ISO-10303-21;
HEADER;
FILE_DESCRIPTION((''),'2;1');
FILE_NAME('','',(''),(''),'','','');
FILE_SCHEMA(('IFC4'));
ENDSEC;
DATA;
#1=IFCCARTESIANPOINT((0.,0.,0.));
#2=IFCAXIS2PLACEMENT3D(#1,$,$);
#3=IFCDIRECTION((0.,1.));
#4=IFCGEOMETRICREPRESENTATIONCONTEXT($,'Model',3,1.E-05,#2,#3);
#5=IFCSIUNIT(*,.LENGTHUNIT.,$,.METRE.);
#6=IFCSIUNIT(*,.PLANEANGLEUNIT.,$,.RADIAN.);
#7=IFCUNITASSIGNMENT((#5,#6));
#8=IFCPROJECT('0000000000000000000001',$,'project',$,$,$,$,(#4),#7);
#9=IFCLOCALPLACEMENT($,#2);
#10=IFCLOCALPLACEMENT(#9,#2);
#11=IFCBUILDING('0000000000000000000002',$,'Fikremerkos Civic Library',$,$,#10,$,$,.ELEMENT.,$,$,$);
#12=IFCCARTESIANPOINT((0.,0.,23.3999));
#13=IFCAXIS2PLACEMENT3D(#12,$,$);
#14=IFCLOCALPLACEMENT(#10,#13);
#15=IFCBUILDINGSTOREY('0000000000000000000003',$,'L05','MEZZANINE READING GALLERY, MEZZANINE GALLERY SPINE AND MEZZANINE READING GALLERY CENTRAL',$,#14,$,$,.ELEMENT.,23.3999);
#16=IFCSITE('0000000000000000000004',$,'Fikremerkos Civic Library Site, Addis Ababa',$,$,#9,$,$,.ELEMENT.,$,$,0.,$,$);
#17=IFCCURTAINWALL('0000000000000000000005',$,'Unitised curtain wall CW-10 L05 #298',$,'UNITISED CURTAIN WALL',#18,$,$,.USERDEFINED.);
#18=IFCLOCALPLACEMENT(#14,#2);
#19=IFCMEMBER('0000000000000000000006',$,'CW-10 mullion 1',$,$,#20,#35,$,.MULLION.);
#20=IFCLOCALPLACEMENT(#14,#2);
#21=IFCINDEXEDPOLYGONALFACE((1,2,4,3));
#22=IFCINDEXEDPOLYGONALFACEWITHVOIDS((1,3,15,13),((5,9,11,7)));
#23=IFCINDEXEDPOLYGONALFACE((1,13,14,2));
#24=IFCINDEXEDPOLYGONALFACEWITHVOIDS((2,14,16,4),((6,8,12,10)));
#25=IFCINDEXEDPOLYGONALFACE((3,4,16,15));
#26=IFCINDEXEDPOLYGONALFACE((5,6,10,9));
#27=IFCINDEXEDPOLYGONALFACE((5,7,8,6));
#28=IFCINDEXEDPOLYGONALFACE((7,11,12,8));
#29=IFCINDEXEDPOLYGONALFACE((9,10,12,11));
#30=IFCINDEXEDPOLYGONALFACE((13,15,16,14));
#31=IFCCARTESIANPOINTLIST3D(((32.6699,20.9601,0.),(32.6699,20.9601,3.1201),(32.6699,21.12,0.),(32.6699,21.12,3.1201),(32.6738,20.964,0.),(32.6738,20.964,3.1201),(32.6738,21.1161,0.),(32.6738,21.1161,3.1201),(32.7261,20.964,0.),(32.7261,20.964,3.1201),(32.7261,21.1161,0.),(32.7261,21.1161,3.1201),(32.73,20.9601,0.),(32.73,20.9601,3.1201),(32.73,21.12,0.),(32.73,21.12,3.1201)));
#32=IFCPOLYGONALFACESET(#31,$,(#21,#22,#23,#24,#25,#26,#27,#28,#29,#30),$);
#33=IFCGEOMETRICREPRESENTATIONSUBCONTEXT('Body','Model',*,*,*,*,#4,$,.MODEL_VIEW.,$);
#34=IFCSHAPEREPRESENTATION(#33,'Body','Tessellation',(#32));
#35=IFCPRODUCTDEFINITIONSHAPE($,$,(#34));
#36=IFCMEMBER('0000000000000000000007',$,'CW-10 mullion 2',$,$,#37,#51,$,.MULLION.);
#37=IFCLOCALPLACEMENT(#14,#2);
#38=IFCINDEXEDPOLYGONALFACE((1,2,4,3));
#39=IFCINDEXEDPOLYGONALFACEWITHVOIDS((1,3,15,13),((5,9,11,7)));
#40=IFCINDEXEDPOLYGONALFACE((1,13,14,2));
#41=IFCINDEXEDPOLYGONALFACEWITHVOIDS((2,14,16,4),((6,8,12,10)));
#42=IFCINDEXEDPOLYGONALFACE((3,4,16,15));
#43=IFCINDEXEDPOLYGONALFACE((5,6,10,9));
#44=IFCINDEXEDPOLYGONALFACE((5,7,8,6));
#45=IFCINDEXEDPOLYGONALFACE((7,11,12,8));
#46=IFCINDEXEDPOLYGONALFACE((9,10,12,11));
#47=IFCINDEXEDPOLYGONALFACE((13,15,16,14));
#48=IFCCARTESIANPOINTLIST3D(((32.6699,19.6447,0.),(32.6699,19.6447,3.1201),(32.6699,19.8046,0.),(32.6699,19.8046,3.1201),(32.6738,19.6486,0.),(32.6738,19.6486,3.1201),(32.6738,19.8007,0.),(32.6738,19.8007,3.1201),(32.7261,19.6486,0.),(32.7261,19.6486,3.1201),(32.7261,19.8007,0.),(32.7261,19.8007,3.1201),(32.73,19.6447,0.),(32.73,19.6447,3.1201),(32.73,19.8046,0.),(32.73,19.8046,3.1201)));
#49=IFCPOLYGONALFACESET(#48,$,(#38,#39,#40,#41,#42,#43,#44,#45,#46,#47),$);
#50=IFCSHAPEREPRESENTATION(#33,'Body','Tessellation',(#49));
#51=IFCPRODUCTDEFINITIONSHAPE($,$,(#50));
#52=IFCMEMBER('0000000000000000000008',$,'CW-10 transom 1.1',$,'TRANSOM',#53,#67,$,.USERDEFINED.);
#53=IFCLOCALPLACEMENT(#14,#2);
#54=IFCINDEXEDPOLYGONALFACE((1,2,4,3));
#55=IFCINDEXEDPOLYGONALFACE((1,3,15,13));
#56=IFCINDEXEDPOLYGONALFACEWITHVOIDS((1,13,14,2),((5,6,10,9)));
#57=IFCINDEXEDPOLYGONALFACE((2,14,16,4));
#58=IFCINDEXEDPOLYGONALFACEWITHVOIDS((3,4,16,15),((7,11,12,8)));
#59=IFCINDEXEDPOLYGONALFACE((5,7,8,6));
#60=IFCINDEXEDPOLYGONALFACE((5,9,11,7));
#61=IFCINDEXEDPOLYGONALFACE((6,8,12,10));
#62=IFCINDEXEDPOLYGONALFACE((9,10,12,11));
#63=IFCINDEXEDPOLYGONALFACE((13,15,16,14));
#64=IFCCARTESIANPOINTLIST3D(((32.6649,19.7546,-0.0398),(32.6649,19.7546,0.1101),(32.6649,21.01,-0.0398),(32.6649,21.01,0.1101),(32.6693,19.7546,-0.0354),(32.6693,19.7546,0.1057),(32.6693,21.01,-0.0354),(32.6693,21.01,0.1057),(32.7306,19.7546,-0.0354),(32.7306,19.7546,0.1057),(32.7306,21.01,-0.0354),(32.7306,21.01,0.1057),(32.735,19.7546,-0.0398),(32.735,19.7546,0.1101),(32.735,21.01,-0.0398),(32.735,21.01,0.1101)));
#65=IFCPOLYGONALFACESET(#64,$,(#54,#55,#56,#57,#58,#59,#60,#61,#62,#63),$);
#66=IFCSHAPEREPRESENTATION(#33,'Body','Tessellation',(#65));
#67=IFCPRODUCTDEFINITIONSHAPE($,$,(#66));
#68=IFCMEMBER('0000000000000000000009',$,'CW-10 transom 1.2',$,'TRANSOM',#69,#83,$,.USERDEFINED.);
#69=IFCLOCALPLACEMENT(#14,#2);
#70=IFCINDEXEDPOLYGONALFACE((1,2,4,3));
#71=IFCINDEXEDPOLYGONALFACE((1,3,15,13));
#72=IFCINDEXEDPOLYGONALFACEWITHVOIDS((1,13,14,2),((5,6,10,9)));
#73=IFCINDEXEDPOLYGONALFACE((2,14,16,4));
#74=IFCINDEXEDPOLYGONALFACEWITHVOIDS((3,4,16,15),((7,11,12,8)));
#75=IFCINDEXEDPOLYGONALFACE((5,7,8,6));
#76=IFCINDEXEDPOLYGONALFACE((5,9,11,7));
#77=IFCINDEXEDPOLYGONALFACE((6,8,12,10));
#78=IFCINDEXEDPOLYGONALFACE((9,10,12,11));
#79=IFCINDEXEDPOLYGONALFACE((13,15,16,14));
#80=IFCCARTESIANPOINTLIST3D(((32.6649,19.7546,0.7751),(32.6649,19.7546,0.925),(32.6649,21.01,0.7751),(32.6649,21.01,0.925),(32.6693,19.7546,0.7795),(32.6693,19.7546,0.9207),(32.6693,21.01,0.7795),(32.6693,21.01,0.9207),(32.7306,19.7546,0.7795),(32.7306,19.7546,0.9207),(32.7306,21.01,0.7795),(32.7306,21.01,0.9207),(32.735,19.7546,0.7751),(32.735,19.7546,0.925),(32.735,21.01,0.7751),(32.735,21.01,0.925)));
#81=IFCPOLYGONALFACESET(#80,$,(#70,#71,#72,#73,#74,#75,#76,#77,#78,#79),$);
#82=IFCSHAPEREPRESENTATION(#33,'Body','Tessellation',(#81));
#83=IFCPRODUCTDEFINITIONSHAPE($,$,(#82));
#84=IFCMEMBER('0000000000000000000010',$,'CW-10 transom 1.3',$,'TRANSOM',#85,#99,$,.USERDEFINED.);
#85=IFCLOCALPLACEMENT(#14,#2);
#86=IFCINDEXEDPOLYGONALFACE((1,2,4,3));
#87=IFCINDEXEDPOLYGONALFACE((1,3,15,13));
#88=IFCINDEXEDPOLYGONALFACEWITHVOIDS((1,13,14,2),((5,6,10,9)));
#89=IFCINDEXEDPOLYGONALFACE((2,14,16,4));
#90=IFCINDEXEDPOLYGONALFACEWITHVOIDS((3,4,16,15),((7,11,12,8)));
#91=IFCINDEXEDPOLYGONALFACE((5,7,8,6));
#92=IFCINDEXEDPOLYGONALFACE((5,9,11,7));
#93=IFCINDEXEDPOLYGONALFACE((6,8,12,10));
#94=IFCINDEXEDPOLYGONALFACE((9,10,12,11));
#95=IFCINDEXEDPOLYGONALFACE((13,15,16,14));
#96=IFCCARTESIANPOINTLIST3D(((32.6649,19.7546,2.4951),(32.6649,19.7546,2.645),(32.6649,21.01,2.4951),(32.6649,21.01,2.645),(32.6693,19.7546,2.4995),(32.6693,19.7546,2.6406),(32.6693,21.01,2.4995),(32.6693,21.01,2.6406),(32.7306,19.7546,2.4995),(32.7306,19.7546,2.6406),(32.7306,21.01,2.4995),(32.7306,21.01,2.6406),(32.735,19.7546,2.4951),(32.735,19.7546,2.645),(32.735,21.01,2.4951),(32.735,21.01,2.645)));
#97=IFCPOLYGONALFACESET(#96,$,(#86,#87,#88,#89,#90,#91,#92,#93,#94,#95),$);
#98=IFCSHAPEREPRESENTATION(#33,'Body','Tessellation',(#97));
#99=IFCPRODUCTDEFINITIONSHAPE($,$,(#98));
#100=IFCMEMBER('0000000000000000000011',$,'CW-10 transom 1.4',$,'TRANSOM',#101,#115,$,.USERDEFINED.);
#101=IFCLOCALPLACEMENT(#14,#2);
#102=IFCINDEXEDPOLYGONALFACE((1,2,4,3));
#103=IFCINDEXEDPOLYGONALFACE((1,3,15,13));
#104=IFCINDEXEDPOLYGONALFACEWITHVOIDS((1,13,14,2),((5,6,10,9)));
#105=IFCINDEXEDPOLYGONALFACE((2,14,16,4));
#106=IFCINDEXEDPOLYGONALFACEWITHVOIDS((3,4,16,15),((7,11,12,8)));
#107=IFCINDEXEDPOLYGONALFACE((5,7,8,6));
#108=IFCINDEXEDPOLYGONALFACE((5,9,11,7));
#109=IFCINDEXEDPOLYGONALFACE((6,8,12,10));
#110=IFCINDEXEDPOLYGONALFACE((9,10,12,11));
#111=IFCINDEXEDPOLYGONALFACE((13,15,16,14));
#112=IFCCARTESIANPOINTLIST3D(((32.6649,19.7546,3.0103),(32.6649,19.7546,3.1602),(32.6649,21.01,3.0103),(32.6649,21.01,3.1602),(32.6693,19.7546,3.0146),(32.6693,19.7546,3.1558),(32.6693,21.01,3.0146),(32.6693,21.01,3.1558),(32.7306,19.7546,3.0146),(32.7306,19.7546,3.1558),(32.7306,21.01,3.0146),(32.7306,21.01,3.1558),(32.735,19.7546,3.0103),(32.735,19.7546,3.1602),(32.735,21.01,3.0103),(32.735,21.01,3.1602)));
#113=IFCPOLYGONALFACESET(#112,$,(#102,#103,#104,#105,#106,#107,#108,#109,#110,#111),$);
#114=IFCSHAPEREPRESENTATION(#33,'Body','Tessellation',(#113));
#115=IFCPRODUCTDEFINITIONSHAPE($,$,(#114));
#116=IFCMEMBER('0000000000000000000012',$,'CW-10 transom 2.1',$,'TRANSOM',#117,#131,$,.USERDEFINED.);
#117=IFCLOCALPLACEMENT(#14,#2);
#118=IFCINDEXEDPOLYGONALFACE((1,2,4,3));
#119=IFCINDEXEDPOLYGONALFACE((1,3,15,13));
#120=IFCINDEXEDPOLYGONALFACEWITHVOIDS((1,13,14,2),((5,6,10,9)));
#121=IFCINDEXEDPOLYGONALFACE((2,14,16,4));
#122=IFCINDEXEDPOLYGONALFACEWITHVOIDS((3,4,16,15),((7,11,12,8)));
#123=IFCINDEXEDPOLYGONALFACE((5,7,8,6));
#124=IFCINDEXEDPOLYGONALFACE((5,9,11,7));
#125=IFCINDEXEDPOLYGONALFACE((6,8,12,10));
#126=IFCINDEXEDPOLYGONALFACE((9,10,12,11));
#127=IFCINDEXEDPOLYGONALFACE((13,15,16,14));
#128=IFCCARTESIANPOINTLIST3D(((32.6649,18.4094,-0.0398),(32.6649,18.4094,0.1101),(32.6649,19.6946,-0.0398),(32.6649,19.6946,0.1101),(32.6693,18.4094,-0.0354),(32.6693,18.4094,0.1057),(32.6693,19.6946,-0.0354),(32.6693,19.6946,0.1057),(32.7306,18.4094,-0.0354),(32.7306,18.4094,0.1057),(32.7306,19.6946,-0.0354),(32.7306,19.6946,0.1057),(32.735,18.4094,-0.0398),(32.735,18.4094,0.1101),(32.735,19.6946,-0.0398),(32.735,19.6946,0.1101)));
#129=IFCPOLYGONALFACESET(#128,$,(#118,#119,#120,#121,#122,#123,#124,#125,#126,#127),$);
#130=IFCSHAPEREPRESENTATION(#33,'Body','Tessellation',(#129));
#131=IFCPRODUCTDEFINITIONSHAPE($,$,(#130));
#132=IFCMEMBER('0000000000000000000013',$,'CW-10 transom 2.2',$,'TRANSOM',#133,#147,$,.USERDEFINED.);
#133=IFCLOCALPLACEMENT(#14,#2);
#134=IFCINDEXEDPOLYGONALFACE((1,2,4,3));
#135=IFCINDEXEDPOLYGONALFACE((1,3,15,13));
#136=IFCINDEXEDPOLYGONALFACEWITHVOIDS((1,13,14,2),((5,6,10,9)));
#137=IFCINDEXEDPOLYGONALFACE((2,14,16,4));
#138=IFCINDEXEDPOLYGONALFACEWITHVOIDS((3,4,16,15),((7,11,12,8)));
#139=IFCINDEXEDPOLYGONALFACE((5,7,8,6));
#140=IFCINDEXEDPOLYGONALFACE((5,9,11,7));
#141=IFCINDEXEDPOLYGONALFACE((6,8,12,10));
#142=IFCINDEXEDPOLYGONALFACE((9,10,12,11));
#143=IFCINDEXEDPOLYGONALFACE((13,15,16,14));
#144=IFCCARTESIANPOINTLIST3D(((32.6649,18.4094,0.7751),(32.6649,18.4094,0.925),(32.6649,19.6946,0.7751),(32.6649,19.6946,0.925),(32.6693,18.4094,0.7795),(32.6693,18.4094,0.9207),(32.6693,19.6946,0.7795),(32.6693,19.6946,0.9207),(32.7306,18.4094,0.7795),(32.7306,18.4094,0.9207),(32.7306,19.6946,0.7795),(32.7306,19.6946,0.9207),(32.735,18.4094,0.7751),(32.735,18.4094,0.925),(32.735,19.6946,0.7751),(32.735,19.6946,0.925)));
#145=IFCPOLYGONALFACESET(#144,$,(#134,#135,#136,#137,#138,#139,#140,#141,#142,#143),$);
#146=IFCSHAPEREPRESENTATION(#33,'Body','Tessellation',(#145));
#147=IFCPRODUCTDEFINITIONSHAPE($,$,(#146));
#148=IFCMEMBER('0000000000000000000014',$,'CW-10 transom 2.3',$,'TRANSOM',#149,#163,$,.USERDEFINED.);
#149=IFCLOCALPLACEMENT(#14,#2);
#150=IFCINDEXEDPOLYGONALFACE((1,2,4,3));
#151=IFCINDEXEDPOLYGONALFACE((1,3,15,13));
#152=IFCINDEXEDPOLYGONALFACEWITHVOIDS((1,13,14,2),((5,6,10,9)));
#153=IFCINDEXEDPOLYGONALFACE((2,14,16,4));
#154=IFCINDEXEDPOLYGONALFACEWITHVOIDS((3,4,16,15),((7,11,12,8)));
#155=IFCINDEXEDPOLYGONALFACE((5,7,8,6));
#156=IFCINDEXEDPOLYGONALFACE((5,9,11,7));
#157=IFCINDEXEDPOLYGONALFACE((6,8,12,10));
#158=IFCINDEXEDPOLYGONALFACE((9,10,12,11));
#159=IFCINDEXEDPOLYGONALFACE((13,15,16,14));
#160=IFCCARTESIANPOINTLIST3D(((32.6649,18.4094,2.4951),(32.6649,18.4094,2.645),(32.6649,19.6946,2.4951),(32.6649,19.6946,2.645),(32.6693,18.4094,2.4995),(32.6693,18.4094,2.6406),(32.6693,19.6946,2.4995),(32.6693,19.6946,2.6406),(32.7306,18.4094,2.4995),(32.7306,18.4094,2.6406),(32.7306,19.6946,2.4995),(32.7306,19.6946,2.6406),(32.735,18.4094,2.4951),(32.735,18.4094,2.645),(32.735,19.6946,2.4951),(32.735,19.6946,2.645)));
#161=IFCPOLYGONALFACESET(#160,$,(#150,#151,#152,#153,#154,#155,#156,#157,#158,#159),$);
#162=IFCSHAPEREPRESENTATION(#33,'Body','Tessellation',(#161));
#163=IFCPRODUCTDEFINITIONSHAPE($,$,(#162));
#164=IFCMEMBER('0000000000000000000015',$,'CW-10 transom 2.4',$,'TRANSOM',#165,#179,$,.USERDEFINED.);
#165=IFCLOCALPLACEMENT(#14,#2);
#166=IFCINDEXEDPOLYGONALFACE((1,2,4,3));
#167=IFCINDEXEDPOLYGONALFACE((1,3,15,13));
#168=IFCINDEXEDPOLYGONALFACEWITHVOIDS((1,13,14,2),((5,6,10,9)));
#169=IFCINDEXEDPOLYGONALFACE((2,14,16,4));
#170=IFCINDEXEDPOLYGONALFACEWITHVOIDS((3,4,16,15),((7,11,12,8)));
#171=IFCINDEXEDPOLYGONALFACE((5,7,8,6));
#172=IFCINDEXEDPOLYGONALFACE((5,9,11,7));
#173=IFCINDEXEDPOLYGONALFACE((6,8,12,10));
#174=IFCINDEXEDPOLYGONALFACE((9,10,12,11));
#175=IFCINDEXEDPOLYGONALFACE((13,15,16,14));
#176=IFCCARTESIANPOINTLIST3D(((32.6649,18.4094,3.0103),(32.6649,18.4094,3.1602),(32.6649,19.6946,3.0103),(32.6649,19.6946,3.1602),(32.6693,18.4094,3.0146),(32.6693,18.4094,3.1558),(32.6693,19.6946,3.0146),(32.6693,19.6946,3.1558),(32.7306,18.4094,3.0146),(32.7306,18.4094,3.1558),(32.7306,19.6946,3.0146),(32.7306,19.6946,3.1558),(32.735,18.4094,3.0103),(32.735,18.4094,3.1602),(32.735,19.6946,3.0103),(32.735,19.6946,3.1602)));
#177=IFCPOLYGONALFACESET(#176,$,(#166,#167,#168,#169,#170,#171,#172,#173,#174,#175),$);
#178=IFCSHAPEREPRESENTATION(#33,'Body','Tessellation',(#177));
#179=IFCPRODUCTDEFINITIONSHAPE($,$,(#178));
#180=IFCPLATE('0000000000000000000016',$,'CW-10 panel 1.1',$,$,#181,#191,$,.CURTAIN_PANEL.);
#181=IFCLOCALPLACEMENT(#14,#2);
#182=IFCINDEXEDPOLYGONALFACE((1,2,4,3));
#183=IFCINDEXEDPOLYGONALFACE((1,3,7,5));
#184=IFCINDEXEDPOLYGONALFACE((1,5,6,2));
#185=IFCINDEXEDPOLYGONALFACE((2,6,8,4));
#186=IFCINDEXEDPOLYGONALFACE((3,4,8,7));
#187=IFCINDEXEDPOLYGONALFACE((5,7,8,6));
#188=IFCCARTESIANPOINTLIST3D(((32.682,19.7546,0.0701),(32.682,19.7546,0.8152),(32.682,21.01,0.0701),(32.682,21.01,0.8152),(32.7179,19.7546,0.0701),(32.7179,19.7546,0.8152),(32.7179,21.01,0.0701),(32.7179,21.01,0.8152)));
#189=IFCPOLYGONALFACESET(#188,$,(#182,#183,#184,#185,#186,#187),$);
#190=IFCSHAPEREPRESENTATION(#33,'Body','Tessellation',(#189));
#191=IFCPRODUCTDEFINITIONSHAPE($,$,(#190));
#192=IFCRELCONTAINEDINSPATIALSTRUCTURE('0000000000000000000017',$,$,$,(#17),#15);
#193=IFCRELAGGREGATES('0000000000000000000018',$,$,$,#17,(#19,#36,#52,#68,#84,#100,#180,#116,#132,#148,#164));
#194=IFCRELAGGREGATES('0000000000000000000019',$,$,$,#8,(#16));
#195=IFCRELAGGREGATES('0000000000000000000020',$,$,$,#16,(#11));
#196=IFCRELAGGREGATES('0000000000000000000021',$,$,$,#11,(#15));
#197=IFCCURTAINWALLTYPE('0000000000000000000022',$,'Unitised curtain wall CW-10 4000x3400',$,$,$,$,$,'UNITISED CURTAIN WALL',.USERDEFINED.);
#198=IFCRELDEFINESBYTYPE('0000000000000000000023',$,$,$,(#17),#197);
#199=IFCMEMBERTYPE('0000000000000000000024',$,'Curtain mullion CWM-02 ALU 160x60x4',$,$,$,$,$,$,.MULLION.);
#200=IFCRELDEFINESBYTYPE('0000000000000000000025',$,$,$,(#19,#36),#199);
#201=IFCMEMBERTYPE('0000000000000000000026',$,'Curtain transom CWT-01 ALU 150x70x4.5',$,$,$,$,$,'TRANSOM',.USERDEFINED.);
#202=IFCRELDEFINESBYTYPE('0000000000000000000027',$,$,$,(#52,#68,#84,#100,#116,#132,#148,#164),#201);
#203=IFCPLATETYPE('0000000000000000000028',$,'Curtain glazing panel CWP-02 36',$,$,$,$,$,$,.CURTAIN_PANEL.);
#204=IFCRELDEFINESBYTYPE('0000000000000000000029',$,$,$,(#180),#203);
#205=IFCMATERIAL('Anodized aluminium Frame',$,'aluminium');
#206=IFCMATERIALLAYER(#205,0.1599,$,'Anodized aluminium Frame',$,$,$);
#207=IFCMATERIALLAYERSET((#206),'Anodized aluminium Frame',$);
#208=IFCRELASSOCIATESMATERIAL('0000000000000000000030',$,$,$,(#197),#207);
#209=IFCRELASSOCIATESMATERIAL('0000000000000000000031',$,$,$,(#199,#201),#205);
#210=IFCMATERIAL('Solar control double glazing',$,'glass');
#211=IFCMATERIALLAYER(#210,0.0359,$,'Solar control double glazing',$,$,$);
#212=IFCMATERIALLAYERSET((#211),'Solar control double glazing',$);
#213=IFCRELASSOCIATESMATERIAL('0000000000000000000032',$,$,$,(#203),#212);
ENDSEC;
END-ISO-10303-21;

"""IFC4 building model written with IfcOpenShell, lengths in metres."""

from ifc_helpers import new_model, si_unit, direction, frame, origin, origin_2d, place, context, subcontext, project, spatial, rectangle, hollow_rectangle, extrude, material, layer, layer_set, material_profile, profile_set, type_object, element, aggregate, save


model = new_model("IFC4")

# Units and contexts
model_context = context("Model", 3, precision=1e-05, world=origin(), true_north=direction((0.0, 1.0)))
body_context = subcontext(model_context, "Body", "Model", "MODEL_VIEW")
ifc_project = project(units=[si_unit("LENGTHUNIT", "METRE"), si_unit("PLANEANGLEUNIT", "RADIAN")], contexts=[model_context])

# Site, building, storey
site_placement = place(None, origin())
site = spatial("IfcSite", under=ifc_project, at=site_placement, Name="Fikremerkos Civic Library Site, Addis Ababa", CompositionType="ELEMENT", RefElevation=0.0)
building_placement = place(site_placement, origin())
building = spatial("IfcBuilding", under=site, at=building_placement, Name="Fikremerkos Civic Library", CompositionType="ELEMENT")
storey_placement = place(building_placement, frame((0.0, 0.0, 23.3999)))
storey = spatial("IfcBuildingStorey", under=building, at=storey_placement, Name="L05", Description="MEZZANINE READING GALLERY, MEZZANINE GALLERY SPINE AND MEZZANINE READING GALLERY CENTRAL", CompositionType="ELEMENT", Elevation=23.3999)

# Curtain wall, members, plate
ifc_material_1 = material(Name="Anodized aluminium Frame", Category="aluminium")
ifc_layer_1 = layer(ifc_material_1, 0.1599, Name="Anodized aluminium Frame")
ifc_layer_set_1 = layer_set([ifc_layer_1], Name="Anodized aluminium Frame")
curtain_wall_type = type_object("IfcCurtainWallType", Name="Unitised curtain wall CW-10 4000x3400", ElementType="UNITISED CURTAIN WALL", PredefinedType="USERDEFINED", material=ifc_layer_set_1)
curtain_wall_placement = place(storey_placement, origin())
curtain_wall = element("IfcCurtainWall", 1, at=curtain_wall_placement, inside=storey, type_object=curtain_wall_type, Name="Unitised curtain wall CW-10 L05 #298", ObjectType="UNITISED CURTAIN WALL", PredefinedType="USERDEFINED")
ifc_material_profile_1 = material_profile(ifc_material_1, hollow_rectangle(XDim=0.0601, YDim=0.1599, WallThickness=0.0039, at=origin_2d()), Name="ALU 160x60x4")
ifc_profile_set_1 = profile_set([ifc_material_profile_1], Name="Anodized aluminium Frame")
member_type_1 = type_object("IfcMemberType", Name="Curtain mullion CWM-02 ALU 160x60x4", PredefinedType="MULLION", material=ifc_profile_set_1)
member_1_placement = place(storey_placement, frame((32.7, 21.04, 0.0), z_axis=(0.0, 0.0, 1.0), x_axis=(1.0, 0.0, 0.0)))
member_1 = element("IfcMember", 2, at=member_1_placement, type_object=member_type_1, Name="CW-10 mullion 1", PredefinedType="MULLION", context=body_context, shape_type="SweptSolid", body=[
    extrude(hollow_rectangle(XDim=0.0601, YDim=0.1599, WallThickness=0.0039, at=origin_2d()), origin(), (0.0, 0.0, 1.0), 3.1201),
])
member_2_placement = place(storey_placement, frame((32.7, 19.7246, 0.0), z_axis=(0.0, 0.0, 1.0), x_axis=(1.0, 0.0, 0.0)))
member_2 = element("IfcMember", 3, at=member_2_placement, type_object=member_type_1, Name="CW-10 mullion 2", PredefinedType="MULLION", context=body_context, shape_type="SweptSolid", body=[
    extrude(hollow_rectangle(XDim=0.0601, YDim=0.1599, WallThickness=0.0039, at=origin_2d()), origin(), (0.0, 0.0, 1.0), 3.1201),
])
ifc_material_profile_2 = material_profile(ifc_material_1, hollow_rectangle(XDim=0.0701, YDim=0.1499, WallThickness=0.0044, at=origin_2d()), Name="ALU 150x70x4.5")
ifc_profile_set_2 = profile_set([ifc_material_profile_2], Name="Anodized aluminium Frame")
member_type_2 = type_object("IfcMemberType", Name="Curtain transom CWT-01 ALU 150x70x4.5", ElementType="TRANSOM", PredefinedType="USERDEFINED", material=ifc_profile_set_2)
member_3_placement = place(storey_placement, frame((32.7, 21.01, 0.0352), z_axis=(0.0, -1.0, 0.0), x_axis=(1.0, 0.0, 0.0)))
member_3 = element("IfcMember", 4, at=member_3_placement, type_object=member_type_2, Name="CW-10 transom 1.1", ObjectType="TRANSOM", PredefinedType="USERDEFINED", context=body_context, shape_type="SweptSolid", body=[
    extrude(hollow_rectangle(XDim=0.0701, YDim=0.1499, WallThickness=0.0044, at=origin_2d()), origin(), (0.0, 0.0, 1.0), 1.2554),
])
member_4_placement = place(storey_placement, frame((32.7, 21.01, 0.8501), z_axis=(0.0, -1.0, 0.0), x_axis=(1.0, 0.0, 0.0)))
member_4 = element("IfcMember", 5, at=member_4_placement, type_object=member_type_2, Name="CW-10 transom 1.2", ObjectType="TRANSOM", PredefinedType="USERDEFINED", context=body_context, shape_type="SweptSolid", body=[
    extrude(hollow_rectangle(XDim=0.0701, YDim=0.1499, WallThickness=0.0044, at=origin_2d()), origin(), (0.0, 0.0, 1.0), 1.2554),
])
member_5_placement = place(storey_placement, frame((32.7, 21.01, 2.5701), z_axis=(0.0, -1.0, 0.0), x_axis=(1.0, 0.0, 0.0)))
member_5 = element("IfcMember", 6, at=member_5_placement, type_object=member_type_2, Name="CW-10 transom 1.3", ObjectType="TRANSOM", PredefinedType="USERDEFINED", context=body_context, shape_type="SweptSolid", body=[
    extrude(hollow_rectangle(XDim=0.0701, YDim=0.1499, WallThickness=0.0044, at=origin_2d()), origin(), (0.0, 0.0, 1.0), 1.2554),
])
member_6_placement = place(storey_placement, frame((32.7, 21.01, 3.0852), z_axis=(0.0, -1.0, 0.0), x_axis=(1.0, 0.0, 0.0)))
member_6 = element("IfcMember", 7, at=member_6_placement, type_object=member_type_2, Name="CW-10 transom 1.4", ObjectType="TRANSOM", PredefinedType="USERDEFINED", context=body_context, shape_type="SweptSolid", body=[
    extrude(hollow_rectangle(XDim=0.0701, YDim=0.1499, WallThickness=0.0044, at=origin_2d()), origin(), (0.0, 0.0, 1.0), 1.2554),
])
member_7_placement = place(storey_placement, frame((32.7, 19.6946, 0.0352), z_axis=(0.0, -1.0, 0.0), x_axis=(1.0, 0.0, 0.0)))
member_7 = element("IfcMember", 8, at=member_7_placement, type_object=member_type_2, Name="CW-10 transom 2.1", ObjectType="TRANSOM", PredefinedType="USERDEFINED", context=body_context, shape_type="SweptSolid", body=[
    extrude(hollow_rectangle(XDim=0.0701, YDim=0.1499, WallThickness=0.0044, at=origin_2d()), origin(), (0.0, 0.0, 1.0), 1.2852),
])
member_8_placement = place(storey_placement, frame((32.7, 19.6946, 0.8501), z_axis=(0.0, -1.0, 0.0), x_axis=(1.0, 0.0, 0.0)))
member_8 = element("IfcMember", 9, at=member_8_placement, type_object=member_type_2, Name="CW-10 transom 2.2", ObjectType="TRANSOM", PredefinedType="USERDEFINED", context=body_context, shape_type="SweptSolid", body=[
    extrude(hollow_rectangle(XDim=0.0701, YDim=0.1499, WallThickness=0.0044, at=origin_2d()), origin(), (0.0, 0.0, 1.0), 1.2852),
])
member_9_placement = place(storey_placement, frame((32.7, 19.6946, 2.5701), z_axis=(0.0, -1.0, 0.0), x_axis=(1.0, 0.0, 0.0)))
member_9 = element("IfcMember", 10, at=member_9_placement, type_object=member_type_2, Name="CW-10 transom 2.3", ObjectType="TRANSOM", PredefinedType="USERDEFINED", context=body_context, shape_type="SweptSolid", body=[
    extrude(hollow_rectangle(XDim=0.0701, YDim=0.1499, WallThickness=0.0044, at=origin_2d()), origin(), (0.0, 0.0, 1.0), 1.2852),
])
member_10_placement = place(storey_placement, frame((32.7, 19.6946, 3.0852), z_axis=(0.0, -1.0, 0.0), x_axis=(1.0, 0.0, 0.0)))
member_10 = element("IfcMember", 11, at=member_10_placement, type_object=member_type_2, Name="CW-10 transom 2.4", ObjectType="TRANSOM", PredefinedType="USERDEFINED", context=body_context, shape_type="SweptSolid", body=[
    extrude(hollow_rectangle(XDim=0.0701, YDim=0.1499, WallThickness=0.0044, at=origin_2d()), origin(), (0.0, 0.0, 1.0), 1.2852),
])
ifc_material_2 = material(Name="Solar control double glazing", Category="glass")
ifc_layer_2 = layer(ifc_material_2, 0.0359, Name="Solar control double glazing")
ifc_layer_set_2 = layer_set([ifc_layer_2], Name="Solar control double glazing")
plate_type = type_object("IfcPlateType", Name="Curtain glazing panel CWP-02 36", PredefinedType="CURTAIN_PANEL", material=ifc_layer_set_2)
plate_1_placement = place(storey_placement, frame((32.7, 20.3823, 0.0701), z_axis=(0.0, 0.0, 1.0), x_axis=(0.0, -1.0, 0.0)))
plate_1 = element("IfcPlate", 12, at=plate_1_placement, type_object=plate_type, Name="CW-10 panel 1.1", PredefinedType="CURTAIN_PANEL", context=body_context, shape_type="SweptSolid", body=[
    extrude(rectangle(XDim=1.2554, YDim=0.0359, at=origin_2d()), origin(), (0.0, 0.0, 1.0), 0.7451),
])
aggregate(curtain_wall, [member_1, member_2, member_3, member_4, member_5, member_6, plate_1, member_7, member_8, member_9, member_10])

save(model, "model.ifc")
